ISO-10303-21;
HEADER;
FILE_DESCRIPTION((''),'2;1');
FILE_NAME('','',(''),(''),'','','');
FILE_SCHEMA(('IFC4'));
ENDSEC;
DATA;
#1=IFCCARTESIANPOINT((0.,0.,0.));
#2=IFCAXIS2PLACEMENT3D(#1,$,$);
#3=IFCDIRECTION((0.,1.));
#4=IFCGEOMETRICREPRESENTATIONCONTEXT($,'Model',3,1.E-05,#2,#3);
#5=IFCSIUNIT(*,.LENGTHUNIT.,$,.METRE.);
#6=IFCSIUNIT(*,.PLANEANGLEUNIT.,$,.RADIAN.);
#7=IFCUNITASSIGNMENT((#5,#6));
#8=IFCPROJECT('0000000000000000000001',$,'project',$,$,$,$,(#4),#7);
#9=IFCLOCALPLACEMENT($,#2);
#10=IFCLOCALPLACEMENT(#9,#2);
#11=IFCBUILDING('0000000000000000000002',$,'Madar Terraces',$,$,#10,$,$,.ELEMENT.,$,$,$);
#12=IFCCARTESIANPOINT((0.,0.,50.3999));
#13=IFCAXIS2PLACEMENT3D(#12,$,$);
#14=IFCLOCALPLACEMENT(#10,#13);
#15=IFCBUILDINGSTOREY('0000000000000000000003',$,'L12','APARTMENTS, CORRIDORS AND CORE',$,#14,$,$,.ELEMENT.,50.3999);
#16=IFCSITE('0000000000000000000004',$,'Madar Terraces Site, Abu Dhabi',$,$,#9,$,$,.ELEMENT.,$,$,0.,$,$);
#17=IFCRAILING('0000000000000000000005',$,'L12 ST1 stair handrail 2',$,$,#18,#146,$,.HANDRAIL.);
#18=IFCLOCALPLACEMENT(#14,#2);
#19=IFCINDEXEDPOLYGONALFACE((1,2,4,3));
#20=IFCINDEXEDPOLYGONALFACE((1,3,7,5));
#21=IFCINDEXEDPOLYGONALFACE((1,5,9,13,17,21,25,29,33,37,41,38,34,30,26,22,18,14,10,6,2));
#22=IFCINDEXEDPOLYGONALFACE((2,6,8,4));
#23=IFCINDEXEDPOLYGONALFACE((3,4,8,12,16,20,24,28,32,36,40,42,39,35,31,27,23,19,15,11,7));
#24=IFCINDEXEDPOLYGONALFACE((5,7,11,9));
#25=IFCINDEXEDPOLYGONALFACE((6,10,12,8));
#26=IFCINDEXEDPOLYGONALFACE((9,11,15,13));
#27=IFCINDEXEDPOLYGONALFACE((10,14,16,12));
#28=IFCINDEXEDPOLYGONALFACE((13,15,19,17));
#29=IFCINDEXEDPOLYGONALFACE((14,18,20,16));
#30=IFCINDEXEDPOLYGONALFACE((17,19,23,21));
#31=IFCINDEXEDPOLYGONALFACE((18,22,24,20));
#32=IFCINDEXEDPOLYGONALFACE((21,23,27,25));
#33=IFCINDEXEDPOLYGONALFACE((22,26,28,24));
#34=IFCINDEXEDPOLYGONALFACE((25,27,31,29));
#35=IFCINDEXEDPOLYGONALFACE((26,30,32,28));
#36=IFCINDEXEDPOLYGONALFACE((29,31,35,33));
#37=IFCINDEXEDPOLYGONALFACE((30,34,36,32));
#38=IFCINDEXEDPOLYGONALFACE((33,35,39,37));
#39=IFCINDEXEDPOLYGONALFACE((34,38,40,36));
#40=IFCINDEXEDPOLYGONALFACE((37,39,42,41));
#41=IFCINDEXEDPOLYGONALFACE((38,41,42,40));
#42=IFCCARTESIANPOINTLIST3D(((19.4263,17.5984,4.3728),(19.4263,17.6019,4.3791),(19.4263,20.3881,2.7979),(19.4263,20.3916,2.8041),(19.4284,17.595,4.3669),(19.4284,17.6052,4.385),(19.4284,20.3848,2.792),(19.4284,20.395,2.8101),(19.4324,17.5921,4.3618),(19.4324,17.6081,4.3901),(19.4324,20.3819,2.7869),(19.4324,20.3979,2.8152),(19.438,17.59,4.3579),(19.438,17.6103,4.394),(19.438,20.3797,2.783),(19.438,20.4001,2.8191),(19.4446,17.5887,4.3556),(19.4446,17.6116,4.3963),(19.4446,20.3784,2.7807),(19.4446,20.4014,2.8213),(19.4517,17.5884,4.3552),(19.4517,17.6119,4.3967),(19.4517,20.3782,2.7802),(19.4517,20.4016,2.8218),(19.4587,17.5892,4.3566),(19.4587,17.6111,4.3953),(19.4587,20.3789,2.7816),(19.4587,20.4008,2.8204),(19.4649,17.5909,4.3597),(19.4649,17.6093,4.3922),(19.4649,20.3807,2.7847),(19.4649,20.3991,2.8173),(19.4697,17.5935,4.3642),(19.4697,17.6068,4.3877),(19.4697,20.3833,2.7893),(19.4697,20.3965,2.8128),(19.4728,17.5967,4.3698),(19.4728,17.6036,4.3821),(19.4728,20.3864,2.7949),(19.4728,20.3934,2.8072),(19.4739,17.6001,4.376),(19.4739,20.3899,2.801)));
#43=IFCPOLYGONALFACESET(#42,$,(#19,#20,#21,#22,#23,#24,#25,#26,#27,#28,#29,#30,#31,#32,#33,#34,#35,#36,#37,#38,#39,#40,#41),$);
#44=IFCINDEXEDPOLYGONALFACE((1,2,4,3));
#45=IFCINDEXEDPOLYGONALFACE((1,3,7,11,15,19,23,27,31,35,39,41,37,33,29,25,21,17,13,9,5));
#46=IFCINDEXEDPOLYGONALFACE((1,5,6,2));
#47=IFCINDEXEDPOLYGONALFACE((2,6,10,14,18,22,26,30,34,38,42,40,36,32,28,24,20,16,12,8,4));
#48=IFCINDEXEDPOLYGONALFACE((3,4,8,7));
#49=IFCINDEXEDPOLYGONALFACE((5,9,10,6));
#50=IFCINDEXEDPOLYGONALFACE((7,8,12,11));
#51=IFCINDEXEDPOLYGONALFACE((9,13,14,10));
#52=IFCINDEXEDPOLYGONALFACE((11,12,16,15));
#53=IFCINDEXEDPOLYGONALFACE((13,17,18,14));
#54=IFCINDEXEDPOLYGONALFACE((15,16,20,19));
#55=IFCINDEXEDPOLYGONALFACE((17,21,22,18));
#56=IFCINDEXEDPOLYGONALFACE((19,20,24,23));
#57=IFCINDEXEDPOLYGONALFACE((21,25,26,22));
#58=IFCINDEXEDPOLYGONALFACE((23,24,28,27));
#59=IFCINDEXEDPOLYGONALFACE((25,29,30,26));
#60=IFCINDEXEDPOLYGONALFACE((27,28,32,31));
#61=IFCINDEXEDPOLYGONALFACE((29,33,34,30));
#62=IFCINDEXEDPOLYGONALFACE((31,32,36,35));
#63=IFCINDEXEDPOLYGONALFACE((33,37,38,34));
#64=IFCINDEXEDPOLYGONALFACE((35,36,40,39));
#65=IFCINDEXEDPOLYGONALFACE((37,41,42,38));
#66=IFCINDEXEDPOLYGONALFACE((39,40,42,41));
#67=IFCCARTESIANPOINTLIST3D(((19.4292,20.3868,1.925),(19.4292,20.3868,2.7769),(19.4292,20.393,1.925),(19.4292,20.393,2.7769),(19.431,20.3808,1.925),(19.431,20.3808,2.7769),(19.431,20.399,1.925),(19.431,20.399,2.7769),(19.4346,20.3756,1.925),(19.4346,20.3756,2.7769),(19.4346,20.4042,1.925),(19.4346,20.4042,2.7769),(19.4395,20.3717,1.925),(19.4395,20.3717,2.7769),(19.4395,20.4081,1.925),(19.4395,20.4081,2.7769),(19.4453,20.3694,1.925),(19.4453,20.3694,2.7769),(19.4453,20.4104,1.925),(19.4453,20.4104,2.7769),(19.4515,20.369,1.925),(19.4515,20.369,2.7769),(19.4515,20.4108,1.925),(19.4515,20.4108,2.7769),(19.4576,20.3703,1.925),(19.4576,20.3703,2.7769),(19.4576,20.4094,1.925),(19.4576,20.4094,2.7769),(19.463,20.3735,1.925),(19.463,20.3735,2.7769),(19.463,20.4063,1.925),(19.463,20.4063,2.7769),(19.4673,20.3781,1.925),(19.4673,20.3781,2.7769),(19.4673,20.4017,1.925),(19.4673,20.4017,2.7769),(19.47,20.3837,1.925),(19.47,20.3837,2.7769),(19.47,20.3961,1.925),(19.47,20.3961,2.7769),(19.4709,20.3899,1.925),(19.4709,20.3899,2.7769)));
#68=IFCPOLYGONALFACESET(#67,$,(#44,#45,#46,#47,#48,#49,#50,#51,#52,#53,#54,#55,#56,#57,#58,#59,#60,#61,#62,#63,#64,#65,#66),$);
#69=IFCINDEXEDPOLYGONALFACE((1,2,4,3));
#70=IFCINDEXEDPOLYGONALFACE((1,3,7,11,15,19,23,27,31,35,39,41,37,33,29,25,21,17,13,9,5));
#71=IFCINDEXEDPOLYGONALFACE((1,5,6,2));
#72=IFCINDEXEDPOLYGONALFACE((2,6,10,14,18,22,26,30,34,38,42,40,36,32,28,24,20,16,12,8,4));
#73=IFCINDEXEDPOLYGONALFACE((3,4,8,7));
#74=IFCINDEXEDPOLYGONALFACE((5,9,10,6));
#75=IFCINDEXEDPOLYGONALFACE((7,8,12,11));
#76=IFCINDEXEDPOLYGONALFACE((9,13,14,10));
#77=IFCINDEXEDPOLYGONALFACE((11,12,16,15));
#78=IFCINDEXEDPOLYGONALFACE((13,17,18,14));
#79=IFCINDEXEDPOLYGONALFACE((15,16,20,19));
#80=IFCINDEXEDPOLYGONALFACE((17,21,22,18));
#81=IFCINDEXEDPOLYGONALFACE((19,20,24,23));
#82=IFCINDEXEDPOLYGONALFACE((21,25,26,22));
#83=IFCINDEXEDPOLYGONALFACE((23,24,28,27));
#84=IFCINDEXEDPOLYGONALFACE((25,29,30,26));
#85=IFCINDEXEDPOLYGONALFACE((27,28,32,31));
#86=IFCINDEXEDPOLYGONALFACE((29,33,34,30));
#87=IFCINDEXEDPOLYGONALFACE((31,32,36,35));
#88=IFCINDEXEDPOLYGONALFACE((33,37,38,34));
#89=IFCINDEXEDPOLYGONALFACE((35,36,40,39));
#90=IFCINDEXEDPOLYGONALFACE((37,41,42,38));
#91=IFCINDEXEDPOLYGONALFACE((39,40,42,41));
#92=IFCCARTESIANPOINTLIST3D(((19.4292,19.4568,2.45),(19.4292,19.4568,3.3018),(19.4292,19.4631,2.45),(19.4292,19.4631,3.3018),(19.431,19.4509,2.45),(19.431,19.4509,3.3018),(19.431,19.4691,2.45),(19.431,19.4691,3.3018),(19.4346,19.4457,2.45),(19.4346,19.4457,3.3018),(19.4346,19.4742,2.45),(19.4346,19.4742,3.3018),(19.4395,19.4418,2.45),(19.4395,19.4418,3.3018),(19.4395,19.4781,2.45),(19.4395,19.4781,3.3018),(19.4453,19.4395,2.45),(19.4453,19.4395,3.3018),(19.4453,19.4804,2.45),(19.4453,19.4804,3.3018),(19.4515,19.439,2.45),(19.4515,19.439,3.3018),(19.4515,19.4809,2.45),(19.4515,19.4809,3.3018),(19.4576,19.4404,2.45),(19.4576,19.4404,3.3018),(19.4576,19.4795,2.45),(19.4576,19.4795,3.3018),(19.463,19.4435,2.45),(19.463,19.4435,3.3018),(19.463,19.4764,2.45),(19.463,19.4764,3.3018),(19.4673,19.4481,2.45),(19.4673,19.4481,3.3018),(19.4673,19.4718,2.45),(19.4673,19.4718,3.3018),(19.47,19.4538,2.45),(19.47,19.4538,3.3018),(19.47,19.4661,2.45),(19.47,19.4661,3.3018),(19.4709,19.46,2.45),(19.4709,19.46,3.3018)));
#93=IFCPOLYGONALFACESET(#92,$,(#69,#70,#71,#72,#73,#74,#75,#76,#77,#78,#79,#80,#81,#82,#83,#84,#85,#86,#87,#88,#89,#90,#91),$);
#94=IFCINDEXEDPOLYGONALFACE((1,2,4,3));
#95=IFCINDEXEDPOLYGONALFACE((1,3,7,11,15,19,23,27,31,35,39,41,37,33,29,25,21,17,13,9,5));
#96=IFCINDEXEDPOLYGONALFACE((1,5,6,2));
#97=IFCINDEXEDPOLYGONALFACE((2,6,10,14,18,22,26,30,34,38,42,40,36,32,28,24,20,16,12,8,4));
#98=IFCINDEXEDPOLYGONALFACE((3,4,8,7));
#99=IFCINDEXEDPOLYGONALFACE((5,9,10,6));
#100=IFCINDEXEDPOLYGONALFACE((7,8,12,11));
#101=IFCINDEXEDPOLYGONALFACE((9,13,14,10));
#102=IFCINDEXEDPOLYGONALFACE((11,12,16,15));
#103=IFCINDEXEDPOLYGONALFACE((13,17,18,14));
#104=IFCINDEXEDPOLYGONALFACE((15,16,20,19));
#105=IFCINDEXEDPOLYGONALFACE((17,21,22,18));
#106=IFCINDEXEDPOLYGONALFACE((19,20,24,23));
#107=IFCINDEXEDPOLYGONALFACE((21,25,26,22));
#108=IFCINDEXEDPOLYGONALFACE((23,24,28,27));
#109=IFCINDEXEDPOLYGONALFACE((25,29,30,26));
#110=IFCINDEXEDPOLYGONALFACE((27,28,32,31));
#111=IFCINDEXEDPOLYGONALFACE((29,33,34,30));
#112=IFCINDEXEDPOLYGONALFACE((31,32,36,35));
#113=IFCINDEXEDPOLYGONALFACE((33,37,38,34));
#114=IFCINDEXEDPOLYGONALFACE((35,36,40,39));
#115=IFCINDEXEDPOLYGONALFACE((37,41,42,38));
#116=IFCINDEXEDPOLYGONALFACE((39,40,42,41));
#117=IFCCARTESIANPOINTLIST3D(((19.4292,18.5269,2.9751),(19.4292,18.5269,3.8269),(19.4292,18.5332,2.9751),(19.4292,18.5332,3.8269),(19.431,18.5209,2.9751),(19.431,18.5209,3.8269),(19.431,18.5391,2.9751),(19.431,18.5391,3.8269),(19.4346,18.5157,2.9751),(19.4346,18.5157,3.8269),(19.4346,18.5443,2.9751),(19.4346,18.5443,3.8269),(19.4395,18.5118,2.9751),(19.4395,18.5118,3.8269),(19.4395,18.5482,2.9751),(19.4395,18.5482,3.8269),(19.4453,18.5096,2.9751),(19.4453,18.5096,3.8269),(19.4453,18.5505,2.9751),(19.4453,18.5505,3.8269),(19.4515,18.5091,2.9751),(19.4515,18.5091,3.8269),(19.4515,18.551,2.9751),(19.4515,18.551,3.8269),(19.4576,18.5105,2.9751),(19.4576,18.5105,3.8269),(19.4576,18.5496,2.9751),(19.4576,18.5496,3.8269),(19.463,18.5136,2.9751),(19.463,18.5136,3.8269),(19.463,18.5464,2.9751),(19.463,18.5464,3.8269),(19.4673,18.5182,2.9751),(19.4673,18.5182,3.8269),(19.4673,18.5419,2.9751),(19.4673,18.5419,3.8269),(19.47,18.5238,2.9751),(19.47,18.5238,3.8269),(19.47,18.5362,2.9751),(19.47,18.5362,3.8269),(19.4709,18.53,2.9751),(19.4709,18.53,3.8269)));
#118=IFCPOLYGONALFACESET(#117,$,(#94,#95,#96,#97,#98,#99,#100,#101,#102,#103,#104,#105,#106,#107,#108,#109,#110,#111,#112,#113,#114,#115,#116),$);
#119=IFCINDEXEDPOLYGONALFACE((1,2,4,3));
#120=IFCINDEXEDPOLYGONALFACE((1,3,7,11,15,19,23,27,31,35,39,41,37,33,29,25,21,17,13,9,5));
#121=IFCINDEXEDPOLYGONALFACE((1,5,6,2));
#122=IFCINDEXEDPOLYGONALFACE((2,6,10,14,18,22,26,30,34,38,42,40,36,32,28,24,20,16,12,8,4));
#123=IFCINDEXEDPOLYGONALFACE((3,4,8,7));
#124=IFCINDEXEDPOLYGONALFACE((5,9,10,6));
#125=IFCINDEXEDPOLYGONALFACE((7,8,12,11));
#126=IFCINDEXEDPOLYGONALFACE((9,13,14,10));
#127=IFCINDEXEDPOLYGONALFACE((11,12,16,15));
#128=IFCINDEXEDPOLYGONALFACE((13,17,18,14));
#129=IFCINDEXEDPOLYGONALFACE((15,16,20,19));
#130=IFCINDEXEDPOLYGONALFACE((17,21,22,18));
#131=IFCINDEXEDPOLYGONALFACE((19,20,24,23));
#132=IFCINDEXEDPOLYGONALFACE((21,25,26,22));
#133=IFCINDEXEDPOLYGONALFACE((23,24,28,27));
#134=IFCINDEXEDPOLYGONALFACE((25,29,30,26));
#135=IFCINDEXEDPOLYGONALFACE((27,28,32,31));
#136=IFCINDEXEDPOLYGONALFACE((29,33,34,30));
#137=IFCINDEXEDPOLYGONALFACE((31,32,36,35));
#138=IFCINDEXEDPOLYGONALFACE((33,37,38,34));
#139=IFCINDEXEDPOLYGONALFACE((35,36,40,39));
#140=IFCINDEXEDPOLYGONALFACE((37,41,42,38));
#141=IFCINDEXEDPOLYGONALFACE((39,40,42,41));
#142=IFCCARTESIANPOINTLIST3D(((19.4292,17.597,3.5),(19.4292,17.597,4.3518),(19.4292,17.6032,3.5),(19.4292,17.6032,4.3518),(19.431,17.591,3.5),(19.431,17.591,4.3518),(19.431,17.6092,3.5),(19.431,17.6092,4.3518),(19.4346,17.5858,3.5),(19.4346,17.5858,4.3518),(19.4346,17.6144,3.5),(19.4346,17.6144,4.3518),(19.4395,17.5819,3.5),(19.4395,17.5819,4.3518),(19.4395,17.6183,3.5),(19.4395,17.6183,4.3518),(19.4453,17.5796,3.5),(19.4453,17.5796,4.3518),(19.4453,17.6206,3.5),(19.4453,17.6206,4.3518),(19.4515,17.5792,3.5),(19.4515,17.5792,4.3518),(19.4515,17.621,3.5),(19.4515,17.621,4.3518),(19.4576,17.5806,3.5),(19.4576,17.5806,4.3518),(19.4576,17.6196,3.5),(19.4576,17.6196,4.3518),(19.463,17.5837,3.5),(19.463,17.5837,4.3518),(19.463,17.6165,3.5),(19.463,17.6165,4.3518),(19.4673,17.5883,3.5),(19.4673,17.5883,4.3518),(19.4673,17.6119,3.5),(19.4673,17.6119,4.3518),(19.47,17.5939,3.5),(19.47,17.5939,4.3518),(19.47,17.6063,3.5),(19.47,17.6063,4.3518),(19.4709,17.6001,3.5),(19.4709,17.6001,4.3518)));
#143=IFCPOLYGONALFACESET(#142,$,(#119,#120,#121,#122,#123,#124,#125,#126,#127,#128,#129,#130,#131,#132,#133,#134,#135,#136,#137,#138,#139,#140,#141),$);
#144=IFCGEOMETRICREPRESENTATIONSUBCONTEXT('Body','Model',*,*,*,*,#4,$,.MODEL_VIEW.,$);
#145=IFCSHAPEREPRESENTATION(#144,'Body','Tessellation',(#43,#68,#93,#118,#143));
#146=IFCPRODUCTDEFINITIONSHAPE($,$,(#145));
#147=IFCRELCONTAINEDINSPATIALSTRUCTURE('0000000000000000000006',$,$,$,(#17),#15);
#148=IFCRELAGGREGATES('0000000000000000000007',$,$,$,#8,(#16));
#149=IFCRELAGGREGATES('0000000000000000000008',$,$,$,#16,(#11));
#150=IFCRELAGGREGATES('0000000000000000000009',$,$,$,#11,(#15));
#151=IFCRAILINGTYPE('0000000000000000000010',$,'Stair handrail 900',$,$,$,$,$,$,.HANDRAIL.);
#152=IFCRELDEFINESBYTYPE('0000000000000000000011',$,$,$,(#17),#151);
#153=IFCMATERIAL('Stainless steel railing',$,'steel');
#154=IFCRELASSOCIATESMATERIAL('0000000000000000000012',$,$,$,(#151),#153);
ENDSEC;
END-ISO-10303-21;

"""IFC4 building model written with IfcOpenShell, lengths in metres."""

from ifc_helpers import new_model, si_unit, direction, frame, origin, origin_2d, place, context, subcontext, project, spatial, circle, extrude, material, type_object, element, save


model = new_model("IFC4")

# Units and contexts
model_context = context("Model", 3, precision=1e-05, world=origin(), true_north=direction((0.0, 1.0)))
body_context = subcontext(model_context, "Body", "Model", "MODEL_VIEW")
ifc_project = project(units=[si_unit("LENGTHUNIT", "METRE"), si_unit("PLANEANGLEUNIT", "RADIAN")], contexts=[model_context])

# Site, building, storey
site_placement = place(None, origin())
site = spatial("IfcSite", under=ifc_project, at=site_placement, Name="Madar Terraces Site, Abu Dhabi", CompositionType="ELEMENT", RefElevation=0.0)
building_placement = place(site_placement, origin())
building = spatial("IfcBuilding", under=site, at=building_placement, Name="Madar Terraces", CompositionType="ELEMENT")
storey_placement = place(building_placement, frame((0.0, 0.0, 50.3999)))
storey = spatial("IfcBuildingStorey", under=building, at=storey_placement, Name="L12", Description="APARTMENTS, CORRIDORS AND CORE", CompositionType="ELEMENT", Elevation=50.3999)

# Railing
ifc_material_1 = material(Name="Stainless steel railing", Category="steel")
railing_type_1 = type_object("IfcRailingType", Name="Stair handrail 900", PredefinedType="HANDRAIL", material=ifc_material_1)
railing_1_placement = place(storey_placement, frame((19.45, 20.3899, 1.925)))
element("IfcRailing", 1, at=railing_1_placement, inside=storey, type_object=railing_type_1, Name="L12 ST1 stair handrail 2", PredefinedType="HANDRAIL", context=body_context, shape_type="SweptSolid", body=[
    extrude(circle(Radius=0.0239, at=origin_2d()), frame((0.0, 0.0, 0.876), z_axis=(0.0, -0.870815, 0.49161), x_axis=(1.0, 0.0, 0.0)), (0.0, 0.0, 1.0), 3.2036),
    extrude(circle(Radius=0.021, at=origin_2d()), origin(), (0.0, 0.0, 1.0), 0.8518),
    extrude(circle(Radius=0.021, at=origin_2d()), frame((0.0, -0.9299, 0.5249)), (0.0, 0.0, 1.0), 0.8518),
    extrude(circle(Radius=0.021, at=origin_2d()), frame((0.0, -1.8599, 1.05)), (0.0, 0.0, 1.0), 0.8518),
    extrude(circle(Radius=0.021, at=origin_2d()), frame((0.0, -2.7898, 1.575)), (0.0, 0.0, 1.0), 0.8518),
])

save(model, "model.ifc")
